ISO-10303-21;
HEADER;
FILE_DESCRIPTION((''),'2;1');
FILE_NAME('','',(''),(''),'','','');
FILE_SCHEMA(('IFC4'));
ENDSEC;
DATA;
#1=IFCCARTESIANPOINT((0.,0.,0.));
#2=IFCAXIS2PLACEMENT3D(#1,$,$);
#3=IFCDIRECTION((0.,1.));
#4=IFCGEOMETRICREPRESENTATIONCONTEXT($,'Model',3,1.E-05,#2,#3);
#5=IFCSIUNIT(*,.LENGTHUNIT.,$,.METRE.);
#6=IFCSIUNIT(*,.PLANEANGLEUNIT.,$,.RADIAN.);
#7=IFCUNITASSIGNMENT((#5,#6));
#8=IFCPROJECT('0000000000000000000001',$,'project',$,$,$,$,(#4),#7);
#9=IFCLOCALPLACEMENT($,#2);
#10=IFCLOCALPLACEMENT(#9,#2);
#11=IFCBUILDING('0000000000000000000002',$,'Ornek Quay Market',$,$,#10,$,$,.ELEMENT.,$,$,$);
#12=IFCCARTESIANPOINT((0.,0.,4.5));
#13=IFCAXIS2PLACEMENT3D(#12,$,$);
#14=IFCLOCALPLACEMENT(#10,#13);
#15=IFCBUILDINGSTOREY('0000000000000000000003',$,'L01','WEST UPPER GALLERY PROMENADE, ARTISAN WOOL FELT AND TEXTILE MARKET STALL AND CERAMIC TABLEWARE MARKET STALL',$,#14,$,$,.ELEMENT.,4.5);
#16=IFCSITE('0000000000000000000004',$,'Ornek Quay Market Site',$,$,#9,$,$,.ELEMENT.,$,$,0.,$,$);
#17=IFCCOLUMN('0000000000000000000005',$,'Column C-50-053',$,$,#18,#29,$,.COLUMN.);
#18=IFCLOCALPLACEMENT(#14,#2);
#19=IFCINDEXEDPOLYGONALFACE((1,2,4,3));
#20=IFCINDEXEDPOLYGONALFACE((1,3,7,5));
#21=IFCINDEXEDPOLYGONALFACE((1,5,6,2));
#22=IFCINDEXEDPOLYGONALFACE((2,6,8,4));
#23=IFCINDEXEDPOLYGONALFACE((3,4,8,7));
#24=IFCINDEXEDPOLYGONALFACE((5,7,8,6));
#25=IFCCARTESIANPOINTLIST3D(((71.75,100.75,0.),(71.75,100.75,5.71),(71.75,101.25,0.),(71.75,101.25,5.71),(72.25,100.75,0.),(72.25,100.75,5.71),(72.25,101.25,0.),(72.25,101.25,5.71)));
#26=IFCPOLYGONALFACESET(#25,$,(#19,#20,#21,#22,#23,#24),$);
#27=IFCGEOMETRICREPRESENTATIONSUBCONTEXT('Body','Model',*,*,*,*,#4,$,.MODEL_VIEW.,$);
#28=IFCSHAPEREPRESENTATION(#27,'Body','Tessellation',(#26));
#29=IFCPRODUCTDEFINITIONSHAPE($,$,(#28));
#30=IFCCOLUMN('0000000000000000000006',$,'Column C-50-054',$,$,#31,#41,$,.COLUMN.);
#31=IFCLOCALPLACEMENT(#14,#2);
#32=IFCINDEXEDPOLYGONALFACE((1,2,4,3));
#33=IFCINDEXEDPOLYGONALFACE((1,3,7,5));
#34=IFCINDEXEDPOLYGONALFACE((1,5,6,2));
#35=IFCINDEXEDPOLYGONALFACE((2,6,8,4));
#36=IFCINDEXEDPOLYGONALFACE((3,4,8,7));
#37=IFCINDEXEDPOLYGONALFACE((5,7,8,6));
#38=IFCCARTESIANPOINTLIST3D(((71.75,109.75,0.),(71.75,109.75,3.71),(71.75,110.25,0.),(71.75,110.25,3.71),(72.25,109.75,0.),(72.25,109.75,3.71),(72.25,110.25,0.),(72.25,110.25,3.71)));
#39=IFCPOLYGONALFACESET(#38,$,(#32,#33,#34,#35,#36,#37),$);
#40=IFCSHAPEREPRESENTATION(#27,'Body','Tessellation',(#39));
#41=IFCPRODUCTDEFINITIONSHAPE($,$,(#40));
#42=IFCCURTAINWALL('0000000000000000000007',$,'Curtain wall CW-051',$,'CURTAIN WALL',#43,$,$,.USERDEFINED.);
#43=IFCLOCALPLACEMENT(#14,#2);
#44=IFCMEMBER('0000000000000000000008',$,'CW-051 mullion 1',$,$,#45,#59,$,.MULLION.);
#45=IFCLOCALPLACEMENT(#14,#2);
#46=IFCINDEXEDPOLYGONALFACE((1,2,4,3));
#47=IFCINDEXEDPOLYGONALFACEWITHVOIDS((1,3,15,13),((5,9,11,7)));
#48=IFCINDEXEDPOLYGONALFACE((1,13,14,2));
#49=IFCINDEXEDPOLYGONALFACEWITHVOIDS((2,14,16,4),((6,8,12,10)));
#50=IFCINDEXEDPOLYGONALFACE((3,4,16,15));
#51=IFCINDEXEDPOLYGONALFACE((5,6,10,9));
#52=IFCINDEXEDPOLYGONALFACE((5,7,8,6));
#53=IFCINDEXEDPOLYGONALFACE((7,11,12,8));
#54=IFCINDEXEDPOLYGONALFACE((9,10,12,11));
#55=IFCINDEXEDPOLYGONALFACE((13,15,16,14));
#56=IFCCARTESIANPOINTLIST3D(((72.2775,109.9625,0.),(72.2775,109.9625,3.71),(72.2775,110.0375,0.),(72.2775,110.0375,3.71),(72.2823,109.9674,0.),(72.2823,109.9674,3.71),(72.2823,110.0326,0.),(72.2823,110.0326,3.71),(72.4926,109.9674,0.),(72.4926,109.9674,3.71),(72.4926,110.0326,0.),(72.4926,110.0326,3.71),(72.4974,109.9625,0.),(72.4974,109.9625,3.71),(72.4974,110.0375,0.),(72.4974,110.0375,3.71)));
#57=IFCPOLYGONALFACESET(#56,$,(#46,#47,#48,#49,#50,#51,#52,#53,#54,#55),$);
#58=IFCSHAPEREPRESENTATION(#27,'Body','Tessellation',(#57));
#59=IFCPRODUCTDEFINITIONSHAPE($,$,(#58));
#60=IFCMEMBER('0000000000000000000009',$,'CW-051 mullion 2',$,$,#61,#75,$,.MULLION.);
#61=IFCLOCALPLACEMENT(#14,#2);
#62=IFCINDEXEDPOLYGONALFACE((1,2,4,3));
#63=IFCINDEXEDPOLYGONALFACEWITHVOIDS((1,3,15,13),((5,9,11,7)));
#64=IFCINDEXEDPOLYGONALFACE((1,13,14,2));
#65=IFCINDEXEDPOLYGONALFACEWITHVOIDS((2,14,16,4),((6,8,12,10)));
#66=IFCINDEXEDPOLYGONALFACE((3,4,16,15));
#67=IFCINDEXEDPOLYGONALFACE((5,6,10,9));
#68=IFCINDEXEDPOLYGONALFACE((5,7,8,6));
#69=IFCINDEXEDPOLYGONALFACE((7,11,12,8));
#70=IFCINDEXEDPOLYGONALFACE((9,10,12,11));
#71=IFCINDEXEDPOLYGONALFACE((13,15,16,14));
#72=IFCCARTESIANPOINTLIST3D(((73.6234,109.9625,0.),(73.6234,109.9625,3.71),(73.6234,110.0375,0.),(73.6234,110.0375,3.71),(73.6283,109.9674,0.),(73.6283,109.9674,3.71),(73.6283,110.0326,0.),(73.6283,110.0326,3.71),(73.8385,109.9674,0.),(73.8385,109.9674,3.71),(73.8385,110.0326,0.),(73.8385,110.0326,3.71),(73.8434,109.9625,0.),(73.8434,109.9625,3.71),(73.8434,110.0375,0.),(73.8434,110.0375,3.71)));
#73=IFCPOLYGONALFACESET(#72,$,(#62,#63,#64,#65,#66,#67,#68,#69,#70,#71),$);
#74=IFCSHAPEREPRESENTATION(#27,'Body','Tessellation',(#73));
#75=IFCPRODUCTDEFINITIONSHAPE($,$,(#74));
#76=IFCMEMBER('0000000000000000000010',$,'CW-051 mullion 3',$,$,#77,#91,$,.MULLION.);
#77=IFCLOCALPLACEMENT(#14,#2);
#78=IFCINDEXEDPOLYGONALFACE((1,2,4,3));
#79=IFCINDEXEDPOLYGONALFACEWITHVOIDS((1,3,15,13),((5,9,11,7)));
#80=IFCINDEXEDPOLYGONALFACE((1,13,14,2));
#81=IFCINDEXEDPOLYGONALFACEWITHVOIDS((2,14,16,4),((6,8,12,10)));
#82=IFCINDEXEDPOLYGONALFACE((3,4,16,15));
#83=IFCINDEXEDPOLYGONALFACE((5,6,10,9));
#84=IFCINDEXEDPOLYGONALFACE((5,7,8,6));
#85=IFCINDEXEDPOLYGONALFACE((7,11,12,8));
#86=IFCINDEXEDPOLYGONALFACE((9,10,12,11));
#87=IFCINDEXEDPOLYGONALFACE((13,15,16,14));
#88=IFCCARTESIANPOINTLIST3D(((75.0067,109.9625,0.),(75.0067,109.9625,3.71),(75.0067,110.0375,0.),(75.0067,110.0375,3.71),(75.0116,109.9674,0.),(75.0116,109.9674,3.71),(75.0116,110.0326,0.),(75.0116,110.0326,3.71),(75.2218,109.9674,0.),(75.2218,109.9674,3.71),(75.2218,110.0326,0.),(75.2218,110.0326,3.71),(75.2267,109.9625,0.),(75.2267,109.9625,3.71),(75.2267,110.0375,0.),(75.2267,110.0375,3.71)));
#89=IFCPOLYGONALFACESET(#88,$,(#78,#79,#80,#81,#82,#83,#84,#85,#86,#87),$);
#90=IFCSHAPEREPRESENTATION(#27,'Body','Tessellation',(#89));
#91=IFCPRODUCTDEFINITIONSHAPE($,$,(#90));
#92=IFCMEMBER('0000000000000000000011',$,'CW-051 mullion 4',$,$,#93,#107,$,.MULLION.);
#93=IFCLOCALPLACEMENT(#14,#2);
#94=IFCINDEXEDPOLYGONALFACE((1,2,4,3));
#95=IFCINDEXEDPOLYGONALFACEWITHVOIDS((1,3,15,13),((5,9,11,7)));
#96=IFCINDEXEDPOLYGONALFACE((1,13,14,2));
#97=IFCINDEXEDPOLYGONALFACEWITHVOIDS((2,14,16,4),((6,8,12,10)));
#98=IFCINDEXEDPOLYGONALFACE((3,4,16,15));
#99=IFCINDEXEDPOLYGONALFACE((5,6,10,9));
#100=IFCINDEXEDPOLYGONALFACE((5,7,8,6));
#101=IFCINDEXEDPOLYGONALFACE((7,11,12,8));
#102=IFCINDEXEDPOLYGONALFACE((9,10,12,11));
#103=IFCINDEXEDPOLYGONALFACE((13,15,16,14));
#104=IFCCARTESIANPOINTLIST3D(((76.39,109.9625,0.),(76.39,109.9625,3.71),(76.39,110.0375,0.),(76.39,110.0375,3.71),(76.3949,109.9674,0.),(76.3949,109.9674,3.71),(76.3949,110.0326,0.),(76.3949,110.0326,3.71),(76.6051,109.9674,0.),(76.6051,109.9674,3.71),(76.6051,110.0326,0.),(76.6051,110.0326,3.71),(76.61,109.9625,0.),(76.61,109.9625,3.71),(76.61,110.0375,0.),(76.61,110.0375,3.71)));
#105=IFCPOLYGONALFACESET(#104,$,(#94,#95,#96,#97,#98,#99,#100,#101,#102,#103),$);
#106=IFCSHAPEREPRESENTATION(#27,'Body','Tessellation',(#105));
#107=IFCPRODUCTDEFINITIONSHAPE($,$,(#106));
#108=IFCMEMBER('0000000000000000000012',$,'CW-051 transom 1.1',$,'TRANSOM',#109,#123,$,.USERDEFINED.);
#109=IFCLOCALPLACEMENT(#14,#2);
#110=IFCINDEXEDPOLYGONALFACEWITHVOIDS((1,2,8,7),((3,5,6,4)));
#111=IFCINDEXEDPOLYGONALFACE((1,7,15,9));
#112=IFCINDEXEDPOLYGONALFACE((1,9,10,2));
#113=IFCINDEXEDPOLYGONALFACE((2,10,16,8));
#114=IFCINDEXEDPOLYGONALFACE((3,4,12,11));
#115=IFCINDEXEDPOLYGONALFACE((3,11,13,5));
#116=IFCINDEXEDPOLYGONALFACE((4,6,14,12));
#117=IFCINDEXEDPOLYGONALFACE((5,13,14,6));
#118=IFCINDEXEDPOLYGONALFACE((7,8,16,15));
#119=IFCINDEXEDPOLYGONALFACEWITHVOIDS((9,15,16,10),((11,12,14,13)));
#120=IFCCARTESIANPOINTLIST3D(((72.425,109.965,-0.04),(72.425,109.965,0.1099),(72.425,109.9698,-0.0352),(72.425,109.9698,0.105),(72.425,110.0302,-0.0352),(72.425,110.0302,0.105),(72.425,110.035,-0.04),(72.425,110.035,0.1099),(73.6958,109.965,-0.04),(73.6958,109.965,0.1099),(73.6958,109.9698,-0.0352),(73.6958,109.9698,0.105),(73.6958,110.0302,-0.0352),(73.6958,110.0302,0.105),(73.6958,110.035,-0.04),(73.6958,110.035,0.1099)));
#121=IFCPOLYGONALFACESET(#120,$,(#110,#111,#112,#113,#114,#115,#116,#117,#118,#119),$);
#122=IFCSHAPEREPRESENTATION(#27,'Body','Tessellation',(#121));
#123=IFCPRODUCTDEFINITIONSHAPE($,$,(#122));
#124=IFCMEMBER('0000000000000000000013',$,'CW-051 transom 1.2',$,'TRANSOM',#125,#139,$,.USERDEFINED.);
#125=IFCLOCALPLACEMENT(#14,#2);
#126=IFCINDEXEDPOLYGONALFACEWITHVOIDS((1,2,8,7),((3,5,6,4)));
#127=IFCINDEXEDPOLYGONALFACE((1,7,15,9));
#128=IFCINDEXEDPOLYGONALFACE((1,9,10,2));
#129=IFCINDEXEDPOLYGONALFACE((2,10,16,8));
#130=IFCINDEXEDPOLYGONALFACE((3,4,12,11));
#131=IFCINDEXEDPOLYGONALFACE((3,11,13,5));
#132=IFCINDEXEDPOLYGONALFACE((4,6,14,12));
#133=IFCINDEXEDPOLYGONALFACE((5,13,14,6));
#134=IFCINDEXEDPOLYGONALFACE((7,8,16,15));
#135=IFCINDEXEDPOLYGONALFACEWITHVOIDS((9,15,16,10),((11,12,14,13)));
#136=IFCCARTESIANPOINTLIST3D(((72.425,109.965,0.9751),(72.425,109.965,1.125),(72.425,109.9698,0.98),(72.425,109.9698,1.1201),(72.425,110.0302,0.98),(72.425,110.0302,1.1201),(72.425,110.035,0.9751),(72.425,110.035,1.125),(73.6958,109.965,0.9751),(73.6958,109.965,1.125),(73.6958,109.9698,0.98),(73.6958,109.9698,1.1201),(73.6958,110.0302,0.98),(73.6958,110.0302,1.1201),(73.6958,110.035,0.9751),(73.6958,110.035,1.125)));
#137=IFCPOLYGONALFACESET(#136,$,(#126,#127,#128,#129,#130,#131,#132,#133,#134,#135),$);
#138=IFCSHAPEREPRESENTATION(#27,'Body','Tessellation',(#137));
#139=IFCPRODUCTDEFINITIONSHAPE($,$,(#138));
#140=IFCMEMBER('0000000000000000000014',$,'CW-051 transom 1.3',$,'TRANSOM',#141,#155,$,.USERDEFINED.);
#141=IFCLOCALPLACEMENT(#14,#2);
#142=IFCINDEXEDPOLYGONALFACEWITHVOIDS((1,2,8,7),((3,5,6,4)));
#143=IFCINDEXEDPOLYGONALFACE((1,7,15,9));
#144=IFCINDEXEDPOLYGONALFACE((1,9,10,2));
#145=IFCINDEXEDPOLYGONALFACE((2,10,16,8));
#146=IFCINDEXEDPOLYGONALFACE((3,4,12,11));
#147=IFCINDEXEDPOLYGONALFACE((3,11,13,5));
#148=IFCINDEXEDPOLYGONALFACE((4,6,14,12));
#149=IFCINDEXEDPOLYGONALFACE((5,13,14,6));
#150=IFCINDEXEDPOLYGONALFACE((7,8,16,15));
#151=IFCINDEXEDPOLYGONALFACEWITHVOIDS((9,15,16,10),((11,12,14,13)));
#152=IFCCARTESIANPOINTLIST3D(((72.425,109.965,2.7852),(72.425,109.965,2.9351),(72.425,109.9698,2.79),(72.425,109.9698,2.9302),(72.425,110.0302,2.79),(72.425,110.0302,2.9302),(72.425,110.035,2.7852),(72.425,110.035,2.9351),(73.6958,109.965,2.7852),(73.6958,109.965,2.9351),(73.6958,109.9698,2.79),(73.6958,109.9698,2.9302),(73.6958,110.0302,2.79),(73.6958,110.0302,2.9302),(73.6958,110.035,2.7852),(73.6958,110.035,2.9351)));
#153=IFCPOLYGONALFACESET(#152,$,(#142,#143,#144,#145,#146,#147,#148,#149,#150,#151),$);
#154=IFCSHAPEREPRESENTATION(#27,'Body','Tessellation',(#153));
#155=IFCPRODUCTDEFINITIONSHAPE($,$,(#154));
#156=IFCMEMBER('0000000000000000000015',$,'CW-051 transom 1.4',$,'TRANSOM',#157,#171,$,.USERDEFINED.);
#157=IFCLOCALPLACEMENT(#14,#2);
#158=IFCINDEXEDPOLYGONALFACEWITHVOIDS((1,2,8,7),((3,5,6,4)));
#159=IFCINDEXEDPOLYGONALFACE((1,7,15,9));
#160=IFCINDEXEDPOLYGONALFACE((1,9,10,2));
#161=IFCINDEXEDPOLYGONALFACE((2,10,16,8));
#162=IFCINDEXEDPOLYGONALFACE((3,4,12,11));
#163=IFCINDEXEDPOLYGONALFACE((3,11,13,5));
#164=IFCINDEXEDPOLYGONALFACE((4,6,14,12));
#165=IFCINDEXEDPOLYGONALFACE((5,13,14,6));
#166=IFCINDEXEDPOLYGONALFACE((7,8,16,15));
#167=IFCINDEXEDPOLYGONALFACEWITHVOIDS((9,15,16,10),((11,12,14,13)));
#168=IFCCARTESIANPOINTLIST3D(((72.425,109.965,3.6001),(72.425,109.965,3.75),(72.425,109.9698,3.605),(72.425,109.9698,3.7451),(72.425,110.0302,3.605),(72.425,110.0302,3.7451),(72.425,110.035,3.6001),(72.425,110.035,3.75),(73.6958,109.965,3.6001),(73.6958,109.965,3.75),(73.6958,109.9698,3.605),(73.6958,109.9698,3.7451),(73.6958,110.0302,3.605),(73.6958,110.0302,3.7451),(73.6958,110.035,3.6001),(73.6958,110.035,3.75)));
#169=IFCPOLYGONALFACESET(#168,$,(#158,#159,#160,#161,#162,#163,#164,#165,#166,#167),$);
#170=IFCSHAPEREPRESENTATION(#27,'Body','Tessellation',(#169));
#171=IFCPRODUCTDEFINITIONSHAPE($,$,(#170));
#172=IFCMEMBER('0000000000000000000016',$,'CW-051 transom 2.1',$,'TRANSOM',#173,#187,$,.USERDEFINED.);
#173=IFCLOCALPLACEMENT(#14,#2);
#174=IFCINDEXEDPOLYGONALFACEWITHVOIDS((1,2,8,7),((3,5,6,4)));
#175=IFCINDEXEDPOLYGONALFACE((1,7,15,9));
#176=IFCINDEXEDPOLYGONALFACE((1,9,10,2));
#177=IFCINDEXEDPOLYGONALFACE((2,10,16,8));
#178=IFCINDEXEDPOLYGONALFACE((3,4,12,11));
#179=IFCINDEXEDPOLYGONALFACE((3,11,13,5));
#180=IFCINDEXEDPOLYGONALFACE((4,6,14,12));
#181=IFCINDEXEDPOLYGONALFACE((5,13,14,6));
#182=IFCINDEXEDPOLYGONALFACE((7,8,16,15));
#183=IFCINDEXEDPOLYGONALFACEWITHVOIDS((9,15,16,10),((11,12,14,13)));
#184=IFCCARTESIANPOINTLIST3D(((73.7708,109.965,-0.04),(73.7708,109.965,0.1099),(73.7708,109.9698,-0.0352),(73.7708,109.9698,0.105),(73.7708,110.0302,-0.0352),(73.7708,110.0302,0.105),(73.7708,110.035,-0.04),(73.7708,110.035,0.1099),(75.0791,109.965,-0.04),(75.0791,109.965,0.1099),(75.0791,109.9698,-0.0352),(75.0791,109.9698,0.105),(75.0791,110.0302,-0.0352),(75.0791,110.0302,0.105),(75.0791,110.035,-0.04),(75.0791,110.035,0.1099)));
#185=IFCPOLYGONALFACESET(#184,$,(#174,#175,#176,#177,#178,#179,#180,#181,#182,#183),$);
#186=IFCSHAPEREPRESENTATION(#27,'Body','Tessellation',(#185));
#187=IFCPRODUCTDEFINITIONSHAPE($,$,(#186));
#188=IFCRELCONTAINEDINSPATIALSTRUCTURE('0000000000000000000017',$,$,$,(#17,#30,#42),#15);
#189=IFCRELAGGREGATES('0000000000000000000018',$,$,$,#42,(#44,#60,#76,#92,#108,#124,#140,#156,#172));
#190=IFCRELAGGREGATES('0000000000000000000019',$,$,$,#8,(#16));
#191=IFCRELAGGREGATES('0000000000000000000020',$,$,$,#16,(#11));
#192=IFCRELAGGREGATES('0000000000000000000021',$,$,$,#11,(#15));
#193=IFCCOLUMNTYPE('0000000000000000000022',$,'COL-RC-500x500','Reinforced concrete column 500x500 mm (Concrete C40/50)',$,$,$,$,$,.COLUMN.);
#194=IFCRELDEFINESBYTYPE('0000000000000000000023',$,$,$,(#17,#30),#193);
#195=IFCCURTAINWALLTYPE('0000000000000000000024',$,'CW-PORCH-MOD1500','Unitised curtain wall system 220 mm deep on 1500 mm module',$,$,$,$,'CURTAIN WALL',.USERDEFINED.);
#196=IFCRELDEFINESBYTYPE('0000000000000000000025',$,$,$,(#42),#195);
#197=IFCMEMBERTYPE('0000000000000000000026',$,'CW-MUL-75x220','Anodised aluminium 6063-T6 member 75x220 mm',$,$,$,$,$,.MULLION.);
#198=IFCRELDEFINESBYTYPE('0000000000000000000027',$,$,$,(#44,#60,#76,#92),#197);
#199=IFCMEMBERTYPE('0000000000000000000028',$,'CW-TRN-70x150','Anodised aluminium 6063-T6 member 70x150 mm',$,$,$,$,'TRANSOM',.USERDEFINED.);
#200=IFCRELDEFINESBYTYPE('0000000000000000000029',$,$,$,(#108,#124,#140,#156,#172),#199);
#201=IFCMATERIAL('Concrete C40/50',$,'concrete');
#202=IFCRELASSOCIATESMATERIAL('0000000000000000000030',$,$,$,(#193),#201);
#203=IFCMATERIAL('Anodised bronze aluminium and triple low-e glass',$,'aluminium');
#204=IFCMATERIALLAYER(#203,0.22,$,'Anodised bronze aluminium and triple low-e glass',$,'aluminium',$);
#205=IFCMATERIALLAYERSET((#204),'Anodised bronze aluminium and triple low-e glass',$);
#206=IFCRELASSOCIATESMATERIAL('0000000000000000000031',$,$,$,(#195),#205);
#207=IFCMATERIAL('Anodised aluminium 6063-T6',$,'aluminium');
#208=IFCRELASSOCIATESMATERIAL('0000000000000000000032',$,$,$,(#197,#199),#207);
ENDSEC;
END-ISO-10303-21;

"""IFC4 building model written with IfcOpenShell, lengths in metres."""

from ifc_helpers import new_model, si_unit, direction, frame, origin, origin_2d, place, context, subcontext, project, spatial, rectangle, hollow_rectangle, extrude, material, layer, layer_set, material_profile, profile_set, type_object, element, aggregate, save


model = new_model("IFC4")

# Units and contexts
model_context = context("Model", 3, precision=1e-05, world=origin(), true_north=direction((0.0, 1.0)))
body_context = subcontext(model_context, "Body", "Model", "MODEL_VIEW")
ifc_project = project(units=[si_unit("LENGTHUNIT", "METRE"), si_unit("PLANEANGLEUNIT", "RADIAN")], contexts=[model_context])

# Site, building, storey
site_placement = place(None, origin())
site = spatial("IfcSite", under=ifc_project, at=site_placement, Name="Ornek Quay Market Site", CompositionType="ELEMENT", RefElevation=0.0)
building_placement = place(site_placement, origin())
building = spatial("IfcBuilding", under=site, at=building_placement, Name="Ornek Quay Market", CompositionType="ELEMENT")
storey_placement = place(building_placement, frame((0.0, 0.0, 4.5)))
storey = spatial("IfcBuildingStorey", under=building, at=storey_placement, Name="L01", Description="WEST UPPER GALLERY PROMENADE, ARTISAN WOOL FELT AND TEXTILE MARKET STALL AND CERAMIC TABLEWARE MARKET STALL", CompositionType="ELEMENT", Elevation=4.5)

# Columns
ifc_material_1 = material(Name="Concrete C40/50", Category="concrete")
ifc_material_profile_1 = material_profile(ifc_material_1, rectangle(XDim=0.5, YDim=0.5, at=origin_2d()), Name="RC 500x500", Category="concrete")
ifc_profile_set_1 = profile_set([ifc_material_profile_1], Name="Concrete C40/50")
column_type = type_object("IfcColumnType", Name="COL-RC-500x500", Description="Reinforced concrete column 500x500 mm (Concrete C40/50)", PredefinedType="COLUMN", material=ifc_profile_set_1)
column_1_placement = place(storey_placement, frame((72.0, 101.0, 0.0), z_axis=(0.0, 0.0, 1.0), x_axis=(1.0, 0.0, 0.0)))
element("IfcColumn", 1, at=column_1_placement, inside=storey, type_object=column_type, Name="Column C-50-053", PredefinedType="COLUMN", context=body_context, shape_type="SweptSolid", body=[
    extrude(rectangle(XDim=0.5, YDim=0.5, at=origin_2d()), origin(), (0.0, 0.0, 1.0), 5.71),
])
column_2_placement = place(storey_placement, frame((72.0, 110.0, 0.0), z_axis=(0.0, 0.0, 1.0), x_axis=(1.0, 0.0, 0.0)))
element("IfcColumn", 2, at=column_2_placement, inside=storey, type_object=column_type, Name="Column C-50-054", PredefinedType="COLUMN", context=body_context, shape_type="SweptSolid", body=[
    extrude(rectangle(XDim=0.5, YDim=0.5, at=origin_2d()), origin(), (0.0, 0.0, 1.0), 3.71),
])

# Curtain wall, members
ifc_material_2 = material(Name="Anodised bronze aluminium and triple low-e glass", Category="aluminium")
ifc_layer_1 = layer(ifc_material_2, 0.22, Name="Anodised bronze aluminium and triple low-e glass", Category="aluminium")
ifc_layer_set_1 = layer_set([ifc_layer_1], Name="Anodised bronze aluminium and triple low-e glass")
curtain_wall_type = type_object("IfcCurtainWallType", Name="CW-PORCH-MOD1500", Description="Unitised curtain wall system 220 mm deep on 1500 mm module", ElementType="CURTAIN WALL", PredefinedType="USERDEFINED", material=ifc_layer_set_1)
curtain_wall_placement = place(storey_placement, origin())
curtain_wall = element("IfcCurtainWall", 3, at=curtain_wall_placement, inside=storey, type_object=curtain_wall_type, Name="Curtain wall CW-051", ObjectType="CURTAIN WALL", PredefinedType="USERDEFINED")
ifc_material_3 = material(Name="Anodised aluminium 6063-T6", Category="aluminium")
ifc_material_profile_2 = material_profile(ifc_material_3, hollow_rectangle(XDim=0.075, YDim=0.22, WallThickness=0.0049, at=origin_2d()), Name="CW-MUL-75x220", Category="aluminium")
ifc_profile_set_2 = profile_set([ifc_material_profile_2], Name="Anodised aluminium 6063-T6")
member_type_1 = type_object("IfcMemberType", Name="CW-MUL-75x220", Description="Anodised aluminium 6063-T6 member 75x220 mm", PredefinedType="MULLION", material=ifc_profile_set_2)
member_1_placement = place(storey_placement, frame((72.3875, 110.0, 0.0), z_axis=(0.0, 0.0, 1.0), x_axis=(0.0, 1.0, 0.0)))
member_1 = element("IfcMember", 4, at=member_1_placement, type_object=member_type_1, Name="CW-051 mullion 1", PredefinedType="MULLION", context=body_context, shape_type="SweptSolid", body=[
    extrude(hollow_rectangle(XDim=0.075, YDim=0.22, WallThickness=0.0049, at=origin_2d()), origin(), (0.0, 0.0, 1.0), 3.71),
])
member_2_placement = place(storey_placement, frame((73.7334, 110.0, 0.0), z_axis=(0.0, 0.0, 1.0), x_axis=(0.0, 1.0, 0.0)))
member_2 = element("IfcMember", 5, at=member_2_placement, type_object=member_type_1, Name="CW-051 mullion 2", PredefinedType="MULLION", context=body_context, shape_type="SweptSolid", body=[
    extrude(hollow_rectangle(XDim=0.075, YDim=0.22, WallThickness=0.0049, at=origin_2d()), origin(), (0.0, 0.0, 1.0), 3.71),
])
member_3_placement = place(storey_placement, frame((75.1167, 110.0, 0.0), z_axis=(0.0, 0.0, 1.0), x_axis=(0.0, 1.0, 0.0)))
member_3 = element("IfcMember", 6, at=member_3_placement, type_object=member_type_1, Name="CW-051 mullion 3", PredefinedType="MULLION", context=body_context, shape_type="SweptSolid", body=[
    extrude(hollow_rectangle(XDim=0.075, YDim=0.22, WallThickness=0.0049, at=origin_2d()), origin(), (0.0, 0.0, 1.0), 3.71),
])
member_4_placement = place(storey_placement, frame((76.5, 110.0, 0.0), z_axis=(0.0, 0.0, 1.0), x_axis=(0.0, 1.0, 0.0)))
member_4 = element("IfcMember", 7, at=member_4_placement, type_object=member_type_1, Name="CW-051 mullion 4", PredefinedType="MULLION", context=body_context, shape_type="SweptSolid", body=[
    extrude(hollow_rectangle(XDim=0.075, YDim=0.22, WallThickness=0.0049, at=origin_2d()), origin(), (0.0, 0.0, 1.0), 3.71),
])
ifc_material_profile_3 = material_profile(ifc_material_3, hollow_rectangle(XDim=0.0701, YDim=0.1499, WallThickness=0.0049, at=origin_2d()), Name="CW-TRN-70x150", Category="aluminium")
ifc_profile_set_3 = profile_set([ifc_material_profile_3], Name="Anodised aluminium 6063-T6")
member_type_2 = type_object("IfcMemberType", Name="CW-TRN-70x150", Description="Anodised aluminium 6063-T6 member 70x150 mm", ElementType="TRANSOM", PredefinedType="USERDEFINED", material=ifc_profile_set_3)
member_5_placement = place(storey_placement, frame((72.425, 110.0, 0.0349), z_axis=(1.0, 0.0, 0.0), x_axis=(0.0, 1.0, 0.0)))
member_5 = element("IfcMember", 8, at=member_5_placement, type_object=member_type_2, Name="CW-051 transom 1.1", ObjectType="TRANSOM", PredefinedType="USERDEFINED", context=body_context, shape_type="SweptSolid", body=[
    extrude(hollow_rectangle(XDim=0.0701, YDim=0.1499, WallThickness=0.0049, at=origin_2d()), origin(), (0.0, 0.0, 1.0), 1.2708),
])
member_6_placement = place(storey_placement, frame((72.425, 110.0, 1.05), z_axis=(1.0, 0.0, 0.0), x_axis=(0.0, 1.0, 0.0)))
member_6 = element("IfcMember", 9, at=member_6_placement, type_object=member_type_2, Name="CW-051 transom 1.2", ObjectType="TRANSOM", PredefinedType="USERDEFINED", context=body_context, shape_type="SweptSolid", body=[
    extrude(hollow_rectangle(XDim=0.0701, YDim=0.1499, WallThickness=0.0049, at=origin_2d()), origin(), (0.0, 0.0, 1.0), 1.2708),
])
member_7_placement = place(storey_placement, frame((72.425, 110.0, 2.8601), z_axis=(1.0, 0.0, 0.0), x_axis=(0.0, 1.0, 0.0)))
member_7 = element("IfcMember", 10, at=member_7_placement, type_object=member_type_2, Name="CW-051 transom 1.3", ObjectType="TRANSOM", PredefinedType="USERDEFINED", context=body_context, shape_type="SweptSolid", body=[
    extrude(hollow_rectangle(XDim=0.0701, YDim=0.1499, WallThickness=0.0049, at=origin_2d()), origin(), (0.0, 0.0, 1.0), 1.2708),
])
member_8_placement = place(storey_placement, frame((72.425, 110.0, 3.675), z_axis=(1.0, 0.0, 0.0), x_axis=(0.0, 1.0, 0.0)))
member_8 = element("IfcMember", 11, at=member_8_placement, type_object=member_type_2, Name="CW-051 transom 1.4", ObjectType="TRANSOM", PredefinedType="USERDEFINED", context=body_context, shape_type="SweptSolid", body=[
    extrude(hollow_rectangle(XDim=0.0701, YDim=0.1499, WallThickness=0.0049, at=origin_2d()), origin(), (0.0, 0.0, 1.0), 1.2708),
])
member_9_placement = place(storey_placement, frame((73.7708, 110.0, 0.0349), z_axis=(1.0, 0.0, 0.0), x_axis=(0.0, 1.0, 0.0)))
member_9 = element("IfcMember", 12, at=member_9_placement, type_object=member_type_2, Name="CW-051 transom 2.1", ObjectType="TRANSOM", PredefinedType="USERDEFINED", context=body_context, shape_type="SweptSolid", body=[
    extrude(hollow_rectangle(XDim=0.0701, YDim=0.1499, WallThickness=0.0049, at=origin_2d()), origin(), (0.0, 0.0, 1.0), 1.3083),
])

aggregate(curtain_wall, [member_1, member_2, member_3, member_4, member_5, member_6, member_7, member_8, member_9])

save(model, "model.ifc")
